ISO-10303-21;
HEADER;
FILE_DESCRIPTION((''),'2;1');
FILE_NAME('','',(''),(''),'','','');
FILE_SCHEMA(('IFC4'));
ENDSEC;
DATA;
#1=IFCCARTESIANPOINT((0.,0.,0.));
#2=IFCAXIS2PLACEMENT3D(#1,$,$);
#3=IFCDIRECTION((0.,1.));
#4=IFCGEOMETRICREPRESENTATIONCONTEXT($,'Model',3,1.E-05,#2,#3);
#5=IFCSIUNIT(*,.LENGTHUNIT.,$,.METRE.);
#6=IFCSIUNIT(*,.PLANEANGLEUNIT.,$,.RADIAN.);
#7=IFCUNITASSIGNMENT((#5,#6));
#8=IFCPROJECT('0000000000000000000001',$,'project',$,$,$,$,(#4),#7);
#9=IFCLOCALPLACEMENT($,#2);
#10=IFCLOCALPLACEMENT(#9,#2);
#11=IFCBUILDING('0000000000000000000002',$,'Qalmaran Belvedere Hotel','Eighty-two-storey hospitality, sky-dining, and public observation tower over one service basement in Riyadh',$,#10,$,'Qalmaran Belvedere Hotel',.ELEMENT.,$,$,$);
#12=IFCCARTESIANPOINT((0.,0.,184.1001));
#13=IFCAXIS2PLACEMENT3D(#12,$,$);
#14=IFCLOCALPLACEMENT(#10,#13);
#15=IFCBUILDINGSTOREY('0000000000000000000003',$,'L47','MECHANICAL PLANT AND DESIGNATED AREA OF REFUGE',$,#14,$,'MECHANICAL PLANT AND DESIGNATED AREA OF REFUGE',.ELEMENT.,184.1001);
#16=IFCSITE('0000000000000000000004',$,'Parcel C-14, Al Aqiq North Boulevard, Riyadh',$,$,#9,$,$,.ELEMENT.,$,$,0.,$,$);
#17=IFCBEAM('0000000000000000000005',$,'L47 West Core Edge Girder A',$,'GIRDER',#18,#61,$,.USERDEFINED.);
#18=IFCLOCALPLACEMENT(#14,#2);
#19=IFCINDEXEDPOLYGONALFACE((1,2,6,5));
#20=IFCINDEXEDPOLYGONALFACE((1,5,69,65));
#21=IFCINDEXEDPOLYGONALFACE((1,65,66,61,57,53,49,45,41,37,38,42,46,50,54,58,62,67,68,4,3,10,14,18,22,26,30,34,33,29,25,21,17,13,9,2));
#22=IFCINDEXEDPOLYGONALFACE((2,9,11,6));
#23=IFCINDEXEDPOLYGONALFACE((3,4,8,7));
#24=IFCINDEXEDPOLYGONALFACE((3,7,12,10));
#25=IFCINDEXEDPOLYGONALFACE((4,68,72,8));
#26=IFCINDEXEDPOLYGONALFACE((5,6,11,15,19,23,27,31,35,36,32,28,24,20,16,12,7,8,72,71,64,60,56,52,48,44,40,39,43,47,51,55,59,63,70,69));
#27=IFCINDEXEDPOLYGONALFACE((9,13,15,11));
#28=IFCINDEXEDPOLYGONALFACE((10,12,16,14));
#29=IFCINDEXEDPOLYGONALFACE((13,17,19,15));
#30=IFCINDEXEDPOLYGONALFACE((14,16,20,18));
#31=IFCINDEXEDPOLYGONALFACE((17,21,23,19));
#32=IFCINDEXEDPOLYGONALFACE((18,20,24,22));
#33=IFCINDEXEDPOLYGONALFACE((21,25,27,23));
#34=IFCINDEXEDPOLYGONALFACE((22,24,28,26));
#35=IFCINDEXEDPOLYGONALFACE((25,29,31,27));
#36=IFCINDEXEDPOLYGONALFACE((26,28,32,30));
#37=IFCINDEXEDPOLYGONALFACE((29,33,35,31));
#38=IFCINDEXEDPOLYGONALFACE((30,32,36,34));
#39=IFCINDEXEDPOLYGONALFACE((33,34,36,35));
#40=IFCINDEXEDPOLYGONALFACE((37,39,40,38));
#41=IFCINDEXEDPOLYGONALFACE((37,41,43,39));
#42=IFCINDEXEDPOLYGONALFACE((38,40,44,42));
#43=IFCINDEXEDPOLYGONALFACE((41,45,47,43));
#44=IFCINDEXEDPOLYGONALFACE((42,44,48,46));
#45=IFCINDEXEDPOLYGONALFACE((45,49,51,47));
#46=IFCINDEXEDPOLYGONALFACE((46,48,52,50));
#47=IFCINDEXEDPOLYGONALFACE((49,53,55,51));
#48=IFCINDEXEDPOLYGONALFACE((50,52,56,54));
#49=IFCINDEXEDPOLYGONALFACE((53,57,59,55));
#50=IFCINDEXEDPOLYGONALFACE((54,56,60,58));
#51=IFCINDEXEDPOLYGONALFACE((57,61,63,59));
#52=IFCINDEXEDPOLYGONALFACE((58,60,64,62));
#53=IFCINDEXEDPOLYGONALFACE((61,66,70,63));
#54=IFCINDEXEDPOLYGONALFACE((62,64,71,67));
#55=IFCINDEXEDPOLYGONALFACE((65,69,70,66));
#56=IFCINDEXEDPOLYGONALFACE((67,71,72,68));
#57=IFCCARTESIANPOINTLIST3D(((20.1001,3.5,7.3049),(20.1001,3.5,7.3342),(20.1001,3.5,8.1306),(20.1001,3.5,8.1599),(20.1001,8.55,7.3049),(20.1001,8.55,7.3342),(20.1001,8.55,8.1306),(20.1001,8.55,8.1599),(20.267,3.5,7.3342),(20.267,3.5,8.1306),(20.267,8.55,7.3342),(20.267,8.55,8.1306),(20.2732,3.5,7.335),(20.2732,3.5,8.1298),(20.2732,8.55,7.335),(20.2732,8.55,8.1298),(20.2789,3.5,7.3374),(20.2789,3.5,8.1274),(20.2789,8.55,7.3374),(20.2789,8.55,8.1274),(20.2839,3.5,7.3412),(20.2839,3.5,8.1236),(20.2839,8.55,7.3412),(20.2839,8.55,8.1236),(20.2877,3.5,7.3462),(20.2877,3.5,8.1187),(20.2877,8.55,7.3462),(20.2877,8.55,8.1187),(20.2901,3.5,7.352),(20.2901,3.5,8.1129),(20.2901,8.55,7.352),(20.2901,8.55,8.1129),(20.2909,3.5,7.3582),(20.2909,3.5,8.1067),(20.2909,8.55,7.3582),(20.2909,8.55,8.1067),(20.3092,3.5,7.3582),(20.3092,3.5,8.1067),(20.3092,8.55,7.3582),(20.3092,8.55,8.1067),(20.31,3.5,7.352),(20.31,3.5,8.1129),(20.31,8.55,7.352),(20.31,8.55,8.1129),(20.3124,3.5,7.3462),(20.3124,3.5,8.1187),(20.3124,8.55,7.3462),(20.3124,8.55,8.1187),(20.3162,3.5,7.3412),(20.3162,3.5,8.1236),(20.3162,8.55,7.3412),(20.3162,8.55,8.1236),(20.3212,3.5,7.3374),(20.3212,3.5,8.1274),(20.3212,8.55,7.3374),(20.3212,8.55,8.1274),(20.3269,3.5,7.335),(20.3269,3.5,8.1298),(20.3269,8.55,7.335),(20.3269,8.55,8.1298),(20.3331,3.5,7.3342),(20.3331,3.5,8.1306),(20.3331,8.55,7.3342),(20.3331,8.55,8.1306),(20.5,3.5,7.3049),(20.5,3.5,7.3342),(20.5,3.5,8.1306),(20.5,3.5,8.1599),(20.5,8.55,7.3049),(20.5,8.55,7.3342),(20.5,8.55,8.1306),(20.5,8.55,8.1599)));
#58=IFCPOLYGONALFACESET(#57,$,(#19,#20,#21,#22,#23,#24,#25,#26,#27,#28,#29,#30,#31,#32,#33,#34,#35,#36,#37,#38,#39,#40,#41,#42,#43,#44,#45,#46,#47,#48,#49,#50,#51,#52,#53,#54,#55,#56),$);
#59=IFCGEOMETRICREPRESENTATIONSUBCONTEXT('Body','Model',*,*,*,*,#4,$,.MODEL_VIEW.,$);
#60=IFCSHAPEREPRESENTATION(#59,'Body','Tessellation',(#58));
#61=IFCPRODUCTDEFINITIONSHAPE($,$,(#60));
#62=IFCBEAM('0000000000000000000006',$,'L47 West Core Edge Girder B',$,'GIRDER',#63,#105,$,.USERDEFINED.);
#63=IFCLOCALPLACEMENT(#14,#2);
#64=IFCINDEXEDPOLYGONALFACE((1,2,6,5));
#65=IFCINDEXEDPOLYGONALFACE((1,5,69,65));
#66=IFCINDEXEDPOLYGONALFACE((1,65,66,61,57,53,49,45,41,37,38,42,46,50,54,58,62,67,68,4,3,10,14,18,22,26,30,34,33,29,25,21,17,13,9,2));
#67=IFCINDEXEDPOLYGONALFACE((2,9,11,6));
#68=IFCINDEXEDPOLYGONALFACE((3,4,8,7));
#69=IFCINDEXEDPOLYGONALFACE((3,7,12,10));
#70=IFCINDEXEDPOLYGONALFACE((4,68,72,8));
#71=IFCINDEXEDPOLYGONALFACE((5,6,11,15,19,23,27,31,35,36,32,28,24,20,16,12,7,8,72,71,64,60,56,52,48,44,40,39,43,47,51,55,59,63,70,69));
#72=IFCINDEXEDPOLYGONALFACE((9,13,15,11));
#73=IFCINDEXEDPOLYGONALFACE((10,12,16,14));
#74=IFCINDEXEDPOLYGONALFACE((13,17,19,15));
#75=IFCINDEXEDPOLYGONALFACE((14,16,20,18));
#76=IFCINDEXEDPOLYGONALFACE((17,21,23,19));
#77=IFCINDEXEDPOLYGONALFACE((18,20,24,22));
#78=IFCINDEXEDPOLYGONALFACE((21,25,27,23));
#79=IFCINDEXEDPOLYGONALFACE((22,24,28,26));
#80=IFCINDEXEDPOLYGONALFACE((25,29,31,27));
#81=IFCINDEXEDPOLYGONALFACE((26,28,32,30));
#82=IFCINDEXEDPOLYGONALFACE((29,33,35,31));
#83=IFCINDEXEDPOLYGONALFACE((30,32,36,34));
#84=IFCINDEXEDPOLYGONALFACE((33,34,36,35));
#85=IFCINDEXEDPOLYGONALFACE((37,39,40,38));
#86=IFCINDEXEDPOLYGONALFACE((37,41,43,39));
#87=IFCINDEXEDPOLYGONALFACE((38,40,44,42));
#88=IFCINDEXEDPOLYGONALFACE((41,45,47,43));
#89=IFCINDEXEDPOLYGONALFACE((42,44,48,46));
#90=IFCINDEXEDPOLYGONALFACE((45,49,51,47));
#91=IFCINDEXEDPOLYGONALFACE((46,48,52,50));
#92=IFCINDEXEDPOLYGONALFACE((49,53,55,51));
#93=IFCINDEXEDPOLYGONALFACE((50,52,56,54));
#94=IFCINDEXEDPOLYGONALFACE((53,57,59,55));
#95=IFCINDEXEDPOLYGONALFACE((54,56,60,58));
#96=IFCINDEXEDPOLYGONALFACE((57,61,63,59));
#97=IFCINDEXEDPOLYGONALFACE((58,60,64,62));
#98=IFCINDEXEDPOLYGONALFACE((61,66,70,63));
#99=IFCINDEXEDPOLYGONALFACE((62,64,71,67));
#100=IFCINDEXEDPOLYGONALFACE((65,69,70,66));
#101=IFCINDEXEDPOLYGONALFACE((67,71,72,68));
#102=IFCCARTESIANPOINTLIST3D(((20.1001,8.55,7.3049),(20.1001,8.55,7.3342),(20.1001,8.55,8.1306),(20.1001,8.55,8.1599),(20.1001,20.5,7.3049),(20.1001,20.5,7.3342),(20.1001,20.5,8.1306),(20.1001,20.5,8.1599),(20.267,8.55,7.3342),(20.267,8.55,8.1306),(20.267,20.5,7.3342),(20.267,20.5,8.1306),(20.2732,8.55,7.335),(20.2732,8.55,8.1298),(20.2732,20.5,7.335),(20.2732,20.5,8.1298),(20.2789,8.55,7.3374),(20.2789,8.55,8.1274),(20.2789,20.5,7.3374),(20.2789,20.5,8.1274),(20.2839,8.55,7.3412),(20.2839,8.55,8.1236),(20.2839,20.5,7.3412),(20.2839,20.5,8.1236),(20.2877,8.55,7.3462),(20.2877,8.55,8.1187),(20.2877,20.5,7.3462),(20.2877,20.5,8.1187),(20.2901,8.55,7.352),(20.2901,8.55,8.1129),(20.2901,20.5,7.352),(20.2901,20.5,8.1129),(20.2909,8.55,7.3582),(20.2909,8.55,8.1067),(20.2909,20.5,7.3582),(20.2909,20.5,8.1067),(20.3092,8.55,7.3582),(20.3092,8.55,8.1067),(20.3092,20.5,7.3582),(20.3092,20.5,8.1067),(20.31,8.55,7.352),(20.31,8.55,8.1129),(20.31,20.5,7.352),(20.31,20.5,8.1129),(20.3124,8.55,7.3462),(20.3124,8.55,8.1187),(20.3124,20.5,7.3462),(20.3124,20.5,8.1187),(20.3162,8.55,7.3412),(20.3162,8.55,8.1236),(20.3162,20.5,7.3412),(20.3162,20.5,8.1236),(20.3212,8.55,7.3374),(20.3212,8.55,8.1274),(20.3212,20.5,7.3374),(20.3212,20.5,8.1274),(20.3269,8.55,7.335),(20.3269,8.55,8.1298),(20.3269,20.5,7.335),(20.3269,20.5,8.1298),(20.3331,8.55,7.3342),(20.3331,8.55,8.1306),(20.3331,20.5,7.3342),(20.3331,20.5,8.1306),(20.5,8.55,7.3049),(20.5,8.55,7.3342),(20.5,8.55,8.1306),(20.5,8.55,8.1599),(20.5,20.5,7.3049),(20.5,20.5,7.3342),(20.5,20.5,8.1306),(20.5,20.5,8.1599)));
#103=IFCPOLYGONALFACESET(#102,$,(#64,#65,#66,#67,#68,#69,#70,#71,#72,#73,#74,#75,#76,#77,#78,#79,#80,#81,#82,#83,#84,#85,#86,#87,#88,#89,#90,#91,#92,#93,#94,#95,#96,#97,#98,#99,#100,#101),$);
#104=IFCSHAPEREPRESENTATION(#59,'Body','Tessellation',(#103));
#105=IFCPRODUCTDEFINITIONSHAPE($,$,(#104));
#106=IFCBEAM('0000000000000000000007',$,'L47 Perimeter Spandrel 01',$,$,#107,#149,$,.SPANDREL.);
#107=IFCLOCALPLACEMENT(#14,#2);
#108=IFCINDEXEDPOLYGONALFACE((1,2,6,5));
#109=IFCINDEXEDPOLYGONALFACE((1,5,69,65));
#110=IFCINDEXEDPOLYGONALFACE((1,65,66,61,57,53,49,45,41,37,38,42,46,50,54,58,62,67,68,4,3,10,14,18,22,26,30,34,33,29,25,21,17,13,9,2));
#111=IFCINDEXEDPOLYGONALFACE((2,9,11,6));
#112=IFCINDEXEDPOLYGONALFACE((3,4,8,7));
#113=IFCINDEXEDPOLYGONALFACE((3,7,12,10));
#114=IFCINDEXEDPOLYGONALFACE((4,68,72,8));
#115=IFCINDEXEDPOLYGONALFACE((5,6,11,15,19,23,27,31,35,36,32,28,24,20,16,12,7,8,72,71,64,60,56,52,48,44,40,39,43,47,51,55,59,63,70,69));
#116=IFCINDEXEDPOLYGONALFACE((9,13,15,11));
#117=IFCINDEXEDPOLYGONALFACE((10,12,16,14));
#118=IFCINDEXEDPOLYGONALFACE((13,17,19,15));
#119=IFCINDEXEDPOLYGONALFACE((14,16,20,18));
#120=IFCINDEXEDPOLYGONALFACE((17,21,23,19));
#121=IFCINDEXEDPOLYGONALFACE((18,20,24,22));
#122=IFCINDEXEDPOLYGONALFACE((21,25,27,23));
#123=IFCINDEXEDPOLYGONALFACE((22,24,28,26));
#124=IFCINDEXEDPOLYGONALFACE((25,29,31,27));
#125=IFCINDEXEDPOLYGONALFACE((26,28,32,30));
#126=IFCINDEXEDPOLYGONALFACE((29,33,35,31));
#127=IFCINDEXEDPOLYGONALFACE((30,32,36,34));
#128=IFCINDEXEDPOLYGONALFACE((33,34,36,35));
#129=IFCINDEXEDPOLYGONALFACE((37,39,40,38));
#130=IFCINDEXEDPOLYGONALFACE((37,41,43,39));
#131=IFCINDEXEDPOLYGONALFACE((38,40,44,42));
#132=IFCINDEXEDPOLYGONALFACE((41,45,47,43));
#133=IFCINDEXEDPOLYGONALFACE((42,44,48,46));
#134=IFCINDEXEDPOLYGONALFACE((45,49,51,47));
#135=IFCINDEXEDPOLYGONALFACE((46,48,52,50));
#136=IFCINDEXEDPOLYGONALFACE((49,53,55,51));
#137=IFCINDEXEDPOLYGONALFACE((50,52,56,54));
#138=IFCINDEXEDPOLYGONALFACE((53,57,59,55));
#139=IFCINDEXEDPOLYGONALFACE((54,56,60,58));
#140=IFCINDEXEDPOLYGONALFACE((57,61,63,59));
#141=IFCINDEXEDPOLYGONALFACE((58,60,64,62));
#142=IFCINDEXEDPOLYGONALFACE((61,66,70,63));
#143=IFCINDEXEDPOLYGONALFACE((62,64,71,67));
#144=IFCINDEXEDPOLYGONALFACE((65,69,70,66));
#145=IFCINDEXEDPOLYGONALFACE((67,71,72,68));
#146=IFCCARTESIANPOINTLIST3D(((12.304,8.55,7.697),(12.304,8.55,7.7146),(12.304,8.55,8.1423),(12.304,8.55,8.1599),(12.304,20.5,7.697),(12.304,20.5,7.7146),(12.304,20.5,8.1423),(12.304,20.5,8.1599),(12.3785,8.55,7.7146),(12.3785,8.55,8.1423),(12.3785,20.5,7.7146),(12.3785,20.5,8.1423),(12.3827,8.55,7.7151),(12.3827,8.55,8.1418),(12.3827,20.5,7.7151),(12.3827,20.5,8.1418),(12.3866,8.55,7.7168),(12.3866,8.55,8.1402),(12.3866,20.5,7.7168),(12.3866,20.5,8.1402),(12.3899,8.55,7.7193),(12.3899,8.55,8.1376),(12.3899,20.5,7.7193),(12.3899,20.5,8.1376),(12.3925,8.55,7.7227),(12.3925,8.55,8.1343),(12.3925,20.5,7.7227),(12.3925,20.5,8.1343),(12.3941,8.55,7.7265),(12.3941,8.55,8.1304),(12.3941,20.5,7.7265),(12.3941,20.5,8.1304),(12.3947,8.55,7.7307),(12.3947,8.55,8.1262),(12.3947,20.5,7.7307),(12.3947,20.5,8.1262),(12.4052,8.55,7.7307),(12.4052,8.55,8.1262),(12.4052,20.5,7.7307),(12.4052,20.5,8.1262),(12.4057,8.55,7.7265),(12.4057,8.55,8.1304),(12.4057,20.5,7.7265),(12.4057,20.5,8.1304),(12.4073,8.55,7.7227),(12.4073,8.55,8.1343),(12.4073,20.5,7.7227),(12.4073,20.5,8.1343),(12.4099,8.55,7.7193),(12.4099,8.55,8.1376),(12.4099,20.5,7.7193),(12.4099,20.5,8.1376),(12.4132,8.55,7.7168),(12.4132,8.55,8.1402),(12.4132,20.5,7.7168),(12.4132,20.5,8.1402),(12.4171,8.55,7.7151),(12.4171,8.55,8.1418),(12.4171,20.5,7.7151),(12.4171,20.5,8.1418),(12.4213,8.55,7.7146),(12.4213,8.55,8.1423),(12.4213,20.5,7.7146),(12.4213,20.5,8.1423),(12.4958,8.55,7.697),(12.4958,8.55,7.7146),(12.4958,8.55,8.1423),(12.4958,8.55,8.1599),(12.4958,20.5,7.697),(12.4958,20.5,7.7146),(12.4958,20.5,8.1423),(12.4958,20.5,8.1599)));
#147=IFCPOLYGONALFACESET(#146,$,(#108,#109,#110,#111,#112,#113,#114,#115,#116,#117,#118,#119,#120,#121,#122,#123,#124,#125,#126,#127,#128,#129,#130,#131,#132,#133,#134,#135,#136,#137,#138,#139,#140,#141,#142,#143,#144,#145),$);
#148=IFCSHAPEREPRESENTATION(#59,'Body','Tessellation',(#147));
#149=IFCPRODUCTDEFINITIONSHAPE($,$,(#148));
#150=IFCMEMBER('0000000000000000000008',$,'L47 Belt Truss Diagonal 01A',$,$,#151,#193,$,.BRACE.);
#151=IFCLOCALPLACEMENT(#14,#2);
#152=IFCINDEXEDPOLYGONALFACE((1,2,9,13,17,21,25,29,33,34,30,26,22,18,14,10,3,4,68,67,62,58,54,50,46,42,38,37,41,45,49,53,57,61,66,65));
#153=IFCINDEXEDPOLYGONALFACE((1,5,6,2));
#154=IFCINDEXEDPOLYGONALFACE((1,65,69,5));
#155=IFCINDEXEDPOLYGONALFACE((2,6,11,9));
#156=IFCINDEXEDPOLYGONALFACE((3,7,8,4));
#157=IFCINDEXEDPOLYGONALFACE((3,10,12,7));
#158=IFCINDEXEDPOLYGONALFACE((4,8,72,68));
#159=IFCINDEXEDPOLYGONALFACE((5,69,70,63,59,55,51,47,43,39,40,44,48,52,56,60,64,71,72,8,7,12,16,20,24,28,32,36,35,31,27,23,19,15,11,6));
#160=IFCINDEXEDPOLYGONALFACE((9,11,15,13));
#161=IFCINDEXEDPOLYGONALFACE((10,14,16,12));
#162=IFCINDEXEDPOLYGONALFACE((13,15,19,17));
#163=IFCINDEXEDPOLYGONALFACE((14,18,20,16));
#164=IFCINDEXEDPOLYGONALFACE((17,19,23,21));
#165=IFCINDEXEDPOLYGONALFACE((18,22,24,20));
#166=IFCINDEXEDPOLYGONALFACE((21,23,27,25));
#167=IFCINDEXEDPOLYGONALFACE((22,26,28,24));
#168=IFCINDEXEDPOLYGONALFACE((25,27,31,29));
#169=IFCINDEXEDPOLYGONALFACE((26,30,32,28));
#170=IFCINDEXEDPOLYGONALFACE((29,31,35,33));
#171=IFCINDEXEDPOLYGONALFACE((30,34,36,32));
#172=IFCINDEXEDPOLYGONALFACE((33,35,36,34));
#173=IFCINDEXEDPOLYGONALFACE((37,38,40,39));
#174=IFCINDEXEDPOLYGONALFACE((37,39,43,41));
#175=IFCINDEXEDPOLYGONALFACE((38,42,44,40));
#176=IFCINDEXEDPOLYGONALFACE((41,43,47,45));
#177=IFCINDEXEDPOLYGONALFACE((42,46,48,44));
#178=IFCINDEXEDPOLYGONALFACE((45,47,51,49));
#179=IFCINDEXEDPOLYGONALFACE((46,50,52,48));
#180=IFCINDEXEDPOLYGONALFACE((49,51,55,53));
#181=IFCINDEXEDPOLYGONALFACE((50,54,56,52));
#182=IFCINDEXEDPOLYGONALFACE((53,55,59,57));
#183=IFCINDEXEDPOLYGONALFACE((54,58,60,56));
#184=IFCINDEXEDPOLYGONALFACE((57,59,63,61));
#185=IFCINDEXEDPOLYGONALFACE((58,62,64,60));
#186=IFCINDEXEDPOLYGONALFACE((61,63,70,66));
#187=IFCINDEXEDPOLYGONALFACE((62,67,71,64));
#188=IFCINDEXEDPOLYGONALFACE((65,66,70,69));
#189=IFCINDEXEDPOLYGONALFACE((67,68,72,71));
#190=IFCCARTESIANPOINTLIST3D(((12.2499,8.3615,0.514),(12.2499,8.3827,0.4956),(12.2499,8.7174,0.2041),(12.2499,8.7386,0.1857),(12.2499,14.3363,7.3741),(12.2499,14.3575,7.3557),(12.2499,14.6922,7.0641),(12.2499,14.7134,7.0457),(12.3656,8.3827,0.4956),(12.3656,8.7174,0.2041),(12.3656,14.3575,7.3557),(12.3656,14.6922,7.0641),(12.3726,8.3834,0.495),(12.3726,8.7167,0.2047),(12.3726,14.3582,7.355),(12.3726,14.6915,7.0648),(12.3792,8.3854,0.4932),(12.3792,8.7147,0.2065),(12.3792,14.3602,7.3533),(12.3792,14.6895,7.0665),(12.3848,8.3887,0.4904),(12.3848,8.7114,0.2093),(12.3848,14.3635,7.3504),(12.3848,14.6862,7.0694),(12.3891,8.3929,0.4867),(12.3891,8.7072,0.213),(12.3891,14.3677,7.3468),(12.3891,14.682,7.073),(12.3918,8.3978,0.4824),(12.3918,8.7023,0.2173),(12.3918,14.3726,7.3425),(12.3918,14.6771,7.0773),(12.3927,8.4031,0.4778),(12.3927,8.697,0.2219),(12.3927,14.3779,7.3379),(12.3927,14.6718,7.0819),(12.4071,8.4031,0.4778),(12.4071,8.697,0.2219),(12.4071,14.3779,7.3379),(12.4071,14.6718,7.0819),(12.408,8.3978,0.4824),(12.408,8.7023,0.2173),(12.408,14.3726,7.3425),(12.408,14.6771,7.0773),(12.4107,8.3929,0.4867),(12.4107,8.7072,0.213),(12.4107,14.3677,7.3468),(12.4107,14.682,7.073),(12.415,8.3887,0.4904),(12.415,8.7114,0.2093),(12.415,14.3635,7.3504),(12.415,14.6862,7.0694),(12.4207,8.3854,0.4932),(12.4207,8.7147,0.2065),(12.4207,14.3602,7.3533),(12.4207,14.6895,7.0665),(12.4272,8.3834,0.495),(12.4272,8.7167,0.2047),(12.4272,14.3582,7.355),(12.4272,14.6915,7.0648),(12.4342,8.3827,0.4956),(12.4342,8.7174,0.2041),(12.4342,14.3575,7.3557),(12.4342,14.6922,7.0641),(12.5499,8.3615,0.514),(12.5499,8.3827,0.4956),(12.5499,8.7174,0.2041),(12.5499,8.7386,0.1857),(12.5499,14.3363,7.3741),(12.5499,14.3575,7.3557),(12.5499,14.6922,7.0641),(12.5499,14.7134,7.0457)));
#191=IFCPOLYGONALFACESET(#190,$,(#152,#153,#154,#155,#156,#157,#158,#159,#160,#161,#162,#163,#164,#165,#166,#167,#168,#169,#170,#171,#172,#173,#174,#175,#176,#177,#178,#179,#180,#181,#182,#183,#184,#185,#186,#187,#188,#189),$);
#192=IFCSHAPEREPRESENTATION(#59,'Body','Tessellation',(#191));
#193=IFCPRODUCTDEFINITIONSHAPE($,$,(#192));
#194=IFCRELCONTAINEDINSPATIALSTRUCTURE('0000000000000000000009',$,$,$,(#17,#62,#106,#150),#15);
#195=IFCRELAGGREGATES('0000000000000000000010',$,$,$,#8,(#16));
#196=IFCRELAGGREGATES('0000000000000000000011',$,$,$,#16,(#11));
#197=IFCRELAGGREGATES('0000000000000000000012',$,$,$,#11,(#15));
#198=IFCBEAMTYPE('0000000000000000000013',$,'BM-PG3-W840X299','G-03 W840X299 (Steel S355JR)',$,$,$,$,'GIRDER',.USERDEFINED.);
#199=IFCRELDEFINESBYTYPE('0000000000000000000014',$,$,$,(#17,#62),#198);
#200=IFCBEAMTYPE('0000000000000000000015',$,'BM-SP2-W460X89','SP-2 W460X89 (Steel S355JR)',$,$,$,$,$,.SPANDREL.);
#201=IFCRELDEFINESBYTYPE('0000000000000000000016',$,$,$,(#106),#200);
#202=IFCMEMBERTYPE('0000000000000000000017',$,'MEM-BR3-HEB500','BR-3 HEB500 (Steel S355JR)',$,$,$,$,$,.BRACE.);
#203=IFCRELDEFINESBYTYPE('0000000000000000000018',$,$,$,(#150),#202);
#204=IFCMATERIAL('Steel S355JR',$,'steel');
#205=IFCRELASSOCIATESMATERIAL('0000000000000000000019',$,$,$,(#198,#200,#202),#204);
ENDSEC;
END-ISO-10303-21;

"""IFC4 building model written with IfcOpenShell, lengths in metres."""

from ifc_helpers import new_model, si_unit, direction, frame, origin, origin_2d, place, context, subcontext, project, spatial, i_section, extrude, material, material_profile, profile_set, type_object, element, save


model = new_model("IFC4")

# Units and contexts
model_context = context("Model", 3, precision=1e-05, world=origin(), true_north=direction((0.0, 1.0)))
body_context = subcontext(model_context, "Body", "Model", "MODEL_VIEW")
ifc_project = project(units=[si_unit("LENGTHUNIT", "METRE"), si_unit("PLANEANGLEUNIT", "RADIAN")], contexts=[model_context])

# Site, building, storey
site_placement = place(None, origin())
site = spatial("IfcSite", under=ifc_project, at=site_placement, Name="Parcel C-14, Al Aqiq North Boulevard, Riyadh", CompositionType="ELEMENT", RefElevation=0.0)
building_placement = place(site_placement, origin())
building = spatial("IfcBuilding", under=site, at=building_placement, Name="Qalmaran Belvedere Hotel", Description="Eighty-two-storey hospitality, sky-dining, and public observation tower over one service basement in Riyadh", LongName="Qalmaran Belvedere Hotel", CompositionType="ELEMENT")
storey_placement = place(building_placement, frame((0.0, 0.0, 184.1001)))
storey = spatial("IfcBuildingStorey", under=building, at=storey_placement, Name="L47", Description="MECHANICAL PLANT AND DESIGNATED AREA OF REFUGE", LongName="MECHANICAL PLANT AND DESIGNATED AREA OF REFUGE", CompositionType="ELEMENT", Elevation=184.1001)

# Beams
ifc_material_1 = material(Name="Steel S355JR", Category="steel")
ifc_material_profile_1 = material_profile(ifc_material_1, i_section(OverallWidth=0.3999, OverallDepth=0.855, WebThickness=0.0183, FlangeThickness=0.0293, FilletRadius=0.0239, at=origin_2d()), Name="W840X299")
ifc_profile_set_1 = profile_set([ifc_material_profile_1], Name="Steel S355JR")
beam_type_1 = type_object("IfcBeamType", Name="BM-PG3-W840X299", Description="G-03 W840X299 (Steel S355JR)", ElementType="GIRDER", PredefinedType="USERDEFINED", material=ifc_profile_set_1)
beam_1_placement = place(storey_placement, frame((20.3, 3.5, 7.7324), z_axis=(0.0, 1.0, 0.0), x_axis=(-1.0, 0.0, 0.0)))
element("IfcBeam", 1, at=beam_1_placement, inside=storey, type_object=beam_type_1, Name="L47 West Core Edge Girder A", ObjectType="GIRDER", PredefinedType="USERDEFINED", context=body_context, shape_type="SweptSolid", body=[
    extrude(i_section(OverallWidth=0.3999, OverallDepth=0.855, WebThickness=0.0183, FlangeThickness=0.0293, FilletRadius=0.0239, at=origin_2d()), origin(), (0.0, 0.0, 1.0), 5.05),
])
beam_2_placement = place(storey_placement, frame((20.3, 8.55, 7.7324), z_axis=(0.0, 1.0, 0.0), x_axis=(-1.0, 0.0, 0.0)))
element("IfcBeam", 2, at=beam_2_placement, inside=storey, type_object=beam_type_1, Name="L47 West Core Edge Girder B", ObjectType="GIRDER", PredefinedType="USERDEFINED", context=body_context, shape_type="SweptSolid", body=[
    extrude(i_section(OverallWidth=0.3999, OverallDepth=0.855, WebThickness=0.0183, FlangeThickness=0.0293, FilletRadius=0.0239, at=origin_2d()), origin(), (0.0, 0.0, 1.0), 11.95),
])
ifc_material_profile_2 = material_profile(ifc_material_1, i_section(OverallWidth=0.1919, OverallDepth=0.4629, WebThickness=0.0105, FlangeThickness=0.0176, FilletRadius=0.0161, at=origin_2d()), Name="W460X89")
ifc_profile_set_2 = profile_set([ifc_material_profile_2], Name="Steel S355JR")
beam_type_2 = type_object("IfcBeamType", Name="BM-SP2-W460X89", Description="SP-2 W460X89 (Steel S355JR)", PredefinedType="SPANDREL", material=ifc_profile_set_2)
beam_3_placement = place(storey_placement, frame((12.3999, 8.55, 7.9285), z_axis=(0.0, 1.0, 0.0), x_axis=(-1.0, 0.0, 0.0)))
element("IfcBeam", 3, at=beam_3_placement, inside=storey, type_object=beam_type_2, Name="L47 Perimeter Spandrel 01", PredefinedType="SPANDREL", context=body_context, shape_type="SweptSolid", body=[
    extrude(i_section(OverallWidth=0.1919, OverallDepth=0.4629, WebThickness=0.0105, FlangeThickness=0.0176, FilletRadius=0.0161, at=origin_2d()), origin(), (0.0, 0.0, 1.0), 11.95),
])

# Member
ifc_material_profile_3 = material_profile(ifc_material_1, i_section(OverallWidth=0.3, OverallDepth=0.5, WebThickness=0.0144, FlangeThickness=0.0281, FilletRadius=0.0271, at=origin_2d()), Name="HEB500")
ifc_profile_set_3 = profile_set([ifc_material_profile_3], Name="Steel S355JR")
member_type_1 = type_object("IfcMemberType", Name="MEM-BR3-HEB500", Description="BR-3 HEB500 (Steel S355JR)", PredefinedType="BRACE", material=ifc_profile_set_3)
member_1_placement = place(storey_placement, frame((12.3999, 8.55, 0.3499), z_axis=(0.0, 0.656776, 0.754086), x_axis=(-1.0, 0.0, 0.0)))
element("IfcMember", 4, at=member_1_placement, inside=storey, type_object=member_type_1, Name="L47 Belt Truss Diagonal 01A", PredefinedType="BRACE", context=body_context, shape_type="SweptSolid", body=[
    extrude(i_section(OverallWidth=0.3, OverallDepth=0.5, WebThickness=0.0144, FlangeThickness=0.0281, FilletRadius=0.0271, at=origin_2d()), origin(), (0.0, 0.0, 1.0), 9.0972),
])

save(model, "model.ifc")
